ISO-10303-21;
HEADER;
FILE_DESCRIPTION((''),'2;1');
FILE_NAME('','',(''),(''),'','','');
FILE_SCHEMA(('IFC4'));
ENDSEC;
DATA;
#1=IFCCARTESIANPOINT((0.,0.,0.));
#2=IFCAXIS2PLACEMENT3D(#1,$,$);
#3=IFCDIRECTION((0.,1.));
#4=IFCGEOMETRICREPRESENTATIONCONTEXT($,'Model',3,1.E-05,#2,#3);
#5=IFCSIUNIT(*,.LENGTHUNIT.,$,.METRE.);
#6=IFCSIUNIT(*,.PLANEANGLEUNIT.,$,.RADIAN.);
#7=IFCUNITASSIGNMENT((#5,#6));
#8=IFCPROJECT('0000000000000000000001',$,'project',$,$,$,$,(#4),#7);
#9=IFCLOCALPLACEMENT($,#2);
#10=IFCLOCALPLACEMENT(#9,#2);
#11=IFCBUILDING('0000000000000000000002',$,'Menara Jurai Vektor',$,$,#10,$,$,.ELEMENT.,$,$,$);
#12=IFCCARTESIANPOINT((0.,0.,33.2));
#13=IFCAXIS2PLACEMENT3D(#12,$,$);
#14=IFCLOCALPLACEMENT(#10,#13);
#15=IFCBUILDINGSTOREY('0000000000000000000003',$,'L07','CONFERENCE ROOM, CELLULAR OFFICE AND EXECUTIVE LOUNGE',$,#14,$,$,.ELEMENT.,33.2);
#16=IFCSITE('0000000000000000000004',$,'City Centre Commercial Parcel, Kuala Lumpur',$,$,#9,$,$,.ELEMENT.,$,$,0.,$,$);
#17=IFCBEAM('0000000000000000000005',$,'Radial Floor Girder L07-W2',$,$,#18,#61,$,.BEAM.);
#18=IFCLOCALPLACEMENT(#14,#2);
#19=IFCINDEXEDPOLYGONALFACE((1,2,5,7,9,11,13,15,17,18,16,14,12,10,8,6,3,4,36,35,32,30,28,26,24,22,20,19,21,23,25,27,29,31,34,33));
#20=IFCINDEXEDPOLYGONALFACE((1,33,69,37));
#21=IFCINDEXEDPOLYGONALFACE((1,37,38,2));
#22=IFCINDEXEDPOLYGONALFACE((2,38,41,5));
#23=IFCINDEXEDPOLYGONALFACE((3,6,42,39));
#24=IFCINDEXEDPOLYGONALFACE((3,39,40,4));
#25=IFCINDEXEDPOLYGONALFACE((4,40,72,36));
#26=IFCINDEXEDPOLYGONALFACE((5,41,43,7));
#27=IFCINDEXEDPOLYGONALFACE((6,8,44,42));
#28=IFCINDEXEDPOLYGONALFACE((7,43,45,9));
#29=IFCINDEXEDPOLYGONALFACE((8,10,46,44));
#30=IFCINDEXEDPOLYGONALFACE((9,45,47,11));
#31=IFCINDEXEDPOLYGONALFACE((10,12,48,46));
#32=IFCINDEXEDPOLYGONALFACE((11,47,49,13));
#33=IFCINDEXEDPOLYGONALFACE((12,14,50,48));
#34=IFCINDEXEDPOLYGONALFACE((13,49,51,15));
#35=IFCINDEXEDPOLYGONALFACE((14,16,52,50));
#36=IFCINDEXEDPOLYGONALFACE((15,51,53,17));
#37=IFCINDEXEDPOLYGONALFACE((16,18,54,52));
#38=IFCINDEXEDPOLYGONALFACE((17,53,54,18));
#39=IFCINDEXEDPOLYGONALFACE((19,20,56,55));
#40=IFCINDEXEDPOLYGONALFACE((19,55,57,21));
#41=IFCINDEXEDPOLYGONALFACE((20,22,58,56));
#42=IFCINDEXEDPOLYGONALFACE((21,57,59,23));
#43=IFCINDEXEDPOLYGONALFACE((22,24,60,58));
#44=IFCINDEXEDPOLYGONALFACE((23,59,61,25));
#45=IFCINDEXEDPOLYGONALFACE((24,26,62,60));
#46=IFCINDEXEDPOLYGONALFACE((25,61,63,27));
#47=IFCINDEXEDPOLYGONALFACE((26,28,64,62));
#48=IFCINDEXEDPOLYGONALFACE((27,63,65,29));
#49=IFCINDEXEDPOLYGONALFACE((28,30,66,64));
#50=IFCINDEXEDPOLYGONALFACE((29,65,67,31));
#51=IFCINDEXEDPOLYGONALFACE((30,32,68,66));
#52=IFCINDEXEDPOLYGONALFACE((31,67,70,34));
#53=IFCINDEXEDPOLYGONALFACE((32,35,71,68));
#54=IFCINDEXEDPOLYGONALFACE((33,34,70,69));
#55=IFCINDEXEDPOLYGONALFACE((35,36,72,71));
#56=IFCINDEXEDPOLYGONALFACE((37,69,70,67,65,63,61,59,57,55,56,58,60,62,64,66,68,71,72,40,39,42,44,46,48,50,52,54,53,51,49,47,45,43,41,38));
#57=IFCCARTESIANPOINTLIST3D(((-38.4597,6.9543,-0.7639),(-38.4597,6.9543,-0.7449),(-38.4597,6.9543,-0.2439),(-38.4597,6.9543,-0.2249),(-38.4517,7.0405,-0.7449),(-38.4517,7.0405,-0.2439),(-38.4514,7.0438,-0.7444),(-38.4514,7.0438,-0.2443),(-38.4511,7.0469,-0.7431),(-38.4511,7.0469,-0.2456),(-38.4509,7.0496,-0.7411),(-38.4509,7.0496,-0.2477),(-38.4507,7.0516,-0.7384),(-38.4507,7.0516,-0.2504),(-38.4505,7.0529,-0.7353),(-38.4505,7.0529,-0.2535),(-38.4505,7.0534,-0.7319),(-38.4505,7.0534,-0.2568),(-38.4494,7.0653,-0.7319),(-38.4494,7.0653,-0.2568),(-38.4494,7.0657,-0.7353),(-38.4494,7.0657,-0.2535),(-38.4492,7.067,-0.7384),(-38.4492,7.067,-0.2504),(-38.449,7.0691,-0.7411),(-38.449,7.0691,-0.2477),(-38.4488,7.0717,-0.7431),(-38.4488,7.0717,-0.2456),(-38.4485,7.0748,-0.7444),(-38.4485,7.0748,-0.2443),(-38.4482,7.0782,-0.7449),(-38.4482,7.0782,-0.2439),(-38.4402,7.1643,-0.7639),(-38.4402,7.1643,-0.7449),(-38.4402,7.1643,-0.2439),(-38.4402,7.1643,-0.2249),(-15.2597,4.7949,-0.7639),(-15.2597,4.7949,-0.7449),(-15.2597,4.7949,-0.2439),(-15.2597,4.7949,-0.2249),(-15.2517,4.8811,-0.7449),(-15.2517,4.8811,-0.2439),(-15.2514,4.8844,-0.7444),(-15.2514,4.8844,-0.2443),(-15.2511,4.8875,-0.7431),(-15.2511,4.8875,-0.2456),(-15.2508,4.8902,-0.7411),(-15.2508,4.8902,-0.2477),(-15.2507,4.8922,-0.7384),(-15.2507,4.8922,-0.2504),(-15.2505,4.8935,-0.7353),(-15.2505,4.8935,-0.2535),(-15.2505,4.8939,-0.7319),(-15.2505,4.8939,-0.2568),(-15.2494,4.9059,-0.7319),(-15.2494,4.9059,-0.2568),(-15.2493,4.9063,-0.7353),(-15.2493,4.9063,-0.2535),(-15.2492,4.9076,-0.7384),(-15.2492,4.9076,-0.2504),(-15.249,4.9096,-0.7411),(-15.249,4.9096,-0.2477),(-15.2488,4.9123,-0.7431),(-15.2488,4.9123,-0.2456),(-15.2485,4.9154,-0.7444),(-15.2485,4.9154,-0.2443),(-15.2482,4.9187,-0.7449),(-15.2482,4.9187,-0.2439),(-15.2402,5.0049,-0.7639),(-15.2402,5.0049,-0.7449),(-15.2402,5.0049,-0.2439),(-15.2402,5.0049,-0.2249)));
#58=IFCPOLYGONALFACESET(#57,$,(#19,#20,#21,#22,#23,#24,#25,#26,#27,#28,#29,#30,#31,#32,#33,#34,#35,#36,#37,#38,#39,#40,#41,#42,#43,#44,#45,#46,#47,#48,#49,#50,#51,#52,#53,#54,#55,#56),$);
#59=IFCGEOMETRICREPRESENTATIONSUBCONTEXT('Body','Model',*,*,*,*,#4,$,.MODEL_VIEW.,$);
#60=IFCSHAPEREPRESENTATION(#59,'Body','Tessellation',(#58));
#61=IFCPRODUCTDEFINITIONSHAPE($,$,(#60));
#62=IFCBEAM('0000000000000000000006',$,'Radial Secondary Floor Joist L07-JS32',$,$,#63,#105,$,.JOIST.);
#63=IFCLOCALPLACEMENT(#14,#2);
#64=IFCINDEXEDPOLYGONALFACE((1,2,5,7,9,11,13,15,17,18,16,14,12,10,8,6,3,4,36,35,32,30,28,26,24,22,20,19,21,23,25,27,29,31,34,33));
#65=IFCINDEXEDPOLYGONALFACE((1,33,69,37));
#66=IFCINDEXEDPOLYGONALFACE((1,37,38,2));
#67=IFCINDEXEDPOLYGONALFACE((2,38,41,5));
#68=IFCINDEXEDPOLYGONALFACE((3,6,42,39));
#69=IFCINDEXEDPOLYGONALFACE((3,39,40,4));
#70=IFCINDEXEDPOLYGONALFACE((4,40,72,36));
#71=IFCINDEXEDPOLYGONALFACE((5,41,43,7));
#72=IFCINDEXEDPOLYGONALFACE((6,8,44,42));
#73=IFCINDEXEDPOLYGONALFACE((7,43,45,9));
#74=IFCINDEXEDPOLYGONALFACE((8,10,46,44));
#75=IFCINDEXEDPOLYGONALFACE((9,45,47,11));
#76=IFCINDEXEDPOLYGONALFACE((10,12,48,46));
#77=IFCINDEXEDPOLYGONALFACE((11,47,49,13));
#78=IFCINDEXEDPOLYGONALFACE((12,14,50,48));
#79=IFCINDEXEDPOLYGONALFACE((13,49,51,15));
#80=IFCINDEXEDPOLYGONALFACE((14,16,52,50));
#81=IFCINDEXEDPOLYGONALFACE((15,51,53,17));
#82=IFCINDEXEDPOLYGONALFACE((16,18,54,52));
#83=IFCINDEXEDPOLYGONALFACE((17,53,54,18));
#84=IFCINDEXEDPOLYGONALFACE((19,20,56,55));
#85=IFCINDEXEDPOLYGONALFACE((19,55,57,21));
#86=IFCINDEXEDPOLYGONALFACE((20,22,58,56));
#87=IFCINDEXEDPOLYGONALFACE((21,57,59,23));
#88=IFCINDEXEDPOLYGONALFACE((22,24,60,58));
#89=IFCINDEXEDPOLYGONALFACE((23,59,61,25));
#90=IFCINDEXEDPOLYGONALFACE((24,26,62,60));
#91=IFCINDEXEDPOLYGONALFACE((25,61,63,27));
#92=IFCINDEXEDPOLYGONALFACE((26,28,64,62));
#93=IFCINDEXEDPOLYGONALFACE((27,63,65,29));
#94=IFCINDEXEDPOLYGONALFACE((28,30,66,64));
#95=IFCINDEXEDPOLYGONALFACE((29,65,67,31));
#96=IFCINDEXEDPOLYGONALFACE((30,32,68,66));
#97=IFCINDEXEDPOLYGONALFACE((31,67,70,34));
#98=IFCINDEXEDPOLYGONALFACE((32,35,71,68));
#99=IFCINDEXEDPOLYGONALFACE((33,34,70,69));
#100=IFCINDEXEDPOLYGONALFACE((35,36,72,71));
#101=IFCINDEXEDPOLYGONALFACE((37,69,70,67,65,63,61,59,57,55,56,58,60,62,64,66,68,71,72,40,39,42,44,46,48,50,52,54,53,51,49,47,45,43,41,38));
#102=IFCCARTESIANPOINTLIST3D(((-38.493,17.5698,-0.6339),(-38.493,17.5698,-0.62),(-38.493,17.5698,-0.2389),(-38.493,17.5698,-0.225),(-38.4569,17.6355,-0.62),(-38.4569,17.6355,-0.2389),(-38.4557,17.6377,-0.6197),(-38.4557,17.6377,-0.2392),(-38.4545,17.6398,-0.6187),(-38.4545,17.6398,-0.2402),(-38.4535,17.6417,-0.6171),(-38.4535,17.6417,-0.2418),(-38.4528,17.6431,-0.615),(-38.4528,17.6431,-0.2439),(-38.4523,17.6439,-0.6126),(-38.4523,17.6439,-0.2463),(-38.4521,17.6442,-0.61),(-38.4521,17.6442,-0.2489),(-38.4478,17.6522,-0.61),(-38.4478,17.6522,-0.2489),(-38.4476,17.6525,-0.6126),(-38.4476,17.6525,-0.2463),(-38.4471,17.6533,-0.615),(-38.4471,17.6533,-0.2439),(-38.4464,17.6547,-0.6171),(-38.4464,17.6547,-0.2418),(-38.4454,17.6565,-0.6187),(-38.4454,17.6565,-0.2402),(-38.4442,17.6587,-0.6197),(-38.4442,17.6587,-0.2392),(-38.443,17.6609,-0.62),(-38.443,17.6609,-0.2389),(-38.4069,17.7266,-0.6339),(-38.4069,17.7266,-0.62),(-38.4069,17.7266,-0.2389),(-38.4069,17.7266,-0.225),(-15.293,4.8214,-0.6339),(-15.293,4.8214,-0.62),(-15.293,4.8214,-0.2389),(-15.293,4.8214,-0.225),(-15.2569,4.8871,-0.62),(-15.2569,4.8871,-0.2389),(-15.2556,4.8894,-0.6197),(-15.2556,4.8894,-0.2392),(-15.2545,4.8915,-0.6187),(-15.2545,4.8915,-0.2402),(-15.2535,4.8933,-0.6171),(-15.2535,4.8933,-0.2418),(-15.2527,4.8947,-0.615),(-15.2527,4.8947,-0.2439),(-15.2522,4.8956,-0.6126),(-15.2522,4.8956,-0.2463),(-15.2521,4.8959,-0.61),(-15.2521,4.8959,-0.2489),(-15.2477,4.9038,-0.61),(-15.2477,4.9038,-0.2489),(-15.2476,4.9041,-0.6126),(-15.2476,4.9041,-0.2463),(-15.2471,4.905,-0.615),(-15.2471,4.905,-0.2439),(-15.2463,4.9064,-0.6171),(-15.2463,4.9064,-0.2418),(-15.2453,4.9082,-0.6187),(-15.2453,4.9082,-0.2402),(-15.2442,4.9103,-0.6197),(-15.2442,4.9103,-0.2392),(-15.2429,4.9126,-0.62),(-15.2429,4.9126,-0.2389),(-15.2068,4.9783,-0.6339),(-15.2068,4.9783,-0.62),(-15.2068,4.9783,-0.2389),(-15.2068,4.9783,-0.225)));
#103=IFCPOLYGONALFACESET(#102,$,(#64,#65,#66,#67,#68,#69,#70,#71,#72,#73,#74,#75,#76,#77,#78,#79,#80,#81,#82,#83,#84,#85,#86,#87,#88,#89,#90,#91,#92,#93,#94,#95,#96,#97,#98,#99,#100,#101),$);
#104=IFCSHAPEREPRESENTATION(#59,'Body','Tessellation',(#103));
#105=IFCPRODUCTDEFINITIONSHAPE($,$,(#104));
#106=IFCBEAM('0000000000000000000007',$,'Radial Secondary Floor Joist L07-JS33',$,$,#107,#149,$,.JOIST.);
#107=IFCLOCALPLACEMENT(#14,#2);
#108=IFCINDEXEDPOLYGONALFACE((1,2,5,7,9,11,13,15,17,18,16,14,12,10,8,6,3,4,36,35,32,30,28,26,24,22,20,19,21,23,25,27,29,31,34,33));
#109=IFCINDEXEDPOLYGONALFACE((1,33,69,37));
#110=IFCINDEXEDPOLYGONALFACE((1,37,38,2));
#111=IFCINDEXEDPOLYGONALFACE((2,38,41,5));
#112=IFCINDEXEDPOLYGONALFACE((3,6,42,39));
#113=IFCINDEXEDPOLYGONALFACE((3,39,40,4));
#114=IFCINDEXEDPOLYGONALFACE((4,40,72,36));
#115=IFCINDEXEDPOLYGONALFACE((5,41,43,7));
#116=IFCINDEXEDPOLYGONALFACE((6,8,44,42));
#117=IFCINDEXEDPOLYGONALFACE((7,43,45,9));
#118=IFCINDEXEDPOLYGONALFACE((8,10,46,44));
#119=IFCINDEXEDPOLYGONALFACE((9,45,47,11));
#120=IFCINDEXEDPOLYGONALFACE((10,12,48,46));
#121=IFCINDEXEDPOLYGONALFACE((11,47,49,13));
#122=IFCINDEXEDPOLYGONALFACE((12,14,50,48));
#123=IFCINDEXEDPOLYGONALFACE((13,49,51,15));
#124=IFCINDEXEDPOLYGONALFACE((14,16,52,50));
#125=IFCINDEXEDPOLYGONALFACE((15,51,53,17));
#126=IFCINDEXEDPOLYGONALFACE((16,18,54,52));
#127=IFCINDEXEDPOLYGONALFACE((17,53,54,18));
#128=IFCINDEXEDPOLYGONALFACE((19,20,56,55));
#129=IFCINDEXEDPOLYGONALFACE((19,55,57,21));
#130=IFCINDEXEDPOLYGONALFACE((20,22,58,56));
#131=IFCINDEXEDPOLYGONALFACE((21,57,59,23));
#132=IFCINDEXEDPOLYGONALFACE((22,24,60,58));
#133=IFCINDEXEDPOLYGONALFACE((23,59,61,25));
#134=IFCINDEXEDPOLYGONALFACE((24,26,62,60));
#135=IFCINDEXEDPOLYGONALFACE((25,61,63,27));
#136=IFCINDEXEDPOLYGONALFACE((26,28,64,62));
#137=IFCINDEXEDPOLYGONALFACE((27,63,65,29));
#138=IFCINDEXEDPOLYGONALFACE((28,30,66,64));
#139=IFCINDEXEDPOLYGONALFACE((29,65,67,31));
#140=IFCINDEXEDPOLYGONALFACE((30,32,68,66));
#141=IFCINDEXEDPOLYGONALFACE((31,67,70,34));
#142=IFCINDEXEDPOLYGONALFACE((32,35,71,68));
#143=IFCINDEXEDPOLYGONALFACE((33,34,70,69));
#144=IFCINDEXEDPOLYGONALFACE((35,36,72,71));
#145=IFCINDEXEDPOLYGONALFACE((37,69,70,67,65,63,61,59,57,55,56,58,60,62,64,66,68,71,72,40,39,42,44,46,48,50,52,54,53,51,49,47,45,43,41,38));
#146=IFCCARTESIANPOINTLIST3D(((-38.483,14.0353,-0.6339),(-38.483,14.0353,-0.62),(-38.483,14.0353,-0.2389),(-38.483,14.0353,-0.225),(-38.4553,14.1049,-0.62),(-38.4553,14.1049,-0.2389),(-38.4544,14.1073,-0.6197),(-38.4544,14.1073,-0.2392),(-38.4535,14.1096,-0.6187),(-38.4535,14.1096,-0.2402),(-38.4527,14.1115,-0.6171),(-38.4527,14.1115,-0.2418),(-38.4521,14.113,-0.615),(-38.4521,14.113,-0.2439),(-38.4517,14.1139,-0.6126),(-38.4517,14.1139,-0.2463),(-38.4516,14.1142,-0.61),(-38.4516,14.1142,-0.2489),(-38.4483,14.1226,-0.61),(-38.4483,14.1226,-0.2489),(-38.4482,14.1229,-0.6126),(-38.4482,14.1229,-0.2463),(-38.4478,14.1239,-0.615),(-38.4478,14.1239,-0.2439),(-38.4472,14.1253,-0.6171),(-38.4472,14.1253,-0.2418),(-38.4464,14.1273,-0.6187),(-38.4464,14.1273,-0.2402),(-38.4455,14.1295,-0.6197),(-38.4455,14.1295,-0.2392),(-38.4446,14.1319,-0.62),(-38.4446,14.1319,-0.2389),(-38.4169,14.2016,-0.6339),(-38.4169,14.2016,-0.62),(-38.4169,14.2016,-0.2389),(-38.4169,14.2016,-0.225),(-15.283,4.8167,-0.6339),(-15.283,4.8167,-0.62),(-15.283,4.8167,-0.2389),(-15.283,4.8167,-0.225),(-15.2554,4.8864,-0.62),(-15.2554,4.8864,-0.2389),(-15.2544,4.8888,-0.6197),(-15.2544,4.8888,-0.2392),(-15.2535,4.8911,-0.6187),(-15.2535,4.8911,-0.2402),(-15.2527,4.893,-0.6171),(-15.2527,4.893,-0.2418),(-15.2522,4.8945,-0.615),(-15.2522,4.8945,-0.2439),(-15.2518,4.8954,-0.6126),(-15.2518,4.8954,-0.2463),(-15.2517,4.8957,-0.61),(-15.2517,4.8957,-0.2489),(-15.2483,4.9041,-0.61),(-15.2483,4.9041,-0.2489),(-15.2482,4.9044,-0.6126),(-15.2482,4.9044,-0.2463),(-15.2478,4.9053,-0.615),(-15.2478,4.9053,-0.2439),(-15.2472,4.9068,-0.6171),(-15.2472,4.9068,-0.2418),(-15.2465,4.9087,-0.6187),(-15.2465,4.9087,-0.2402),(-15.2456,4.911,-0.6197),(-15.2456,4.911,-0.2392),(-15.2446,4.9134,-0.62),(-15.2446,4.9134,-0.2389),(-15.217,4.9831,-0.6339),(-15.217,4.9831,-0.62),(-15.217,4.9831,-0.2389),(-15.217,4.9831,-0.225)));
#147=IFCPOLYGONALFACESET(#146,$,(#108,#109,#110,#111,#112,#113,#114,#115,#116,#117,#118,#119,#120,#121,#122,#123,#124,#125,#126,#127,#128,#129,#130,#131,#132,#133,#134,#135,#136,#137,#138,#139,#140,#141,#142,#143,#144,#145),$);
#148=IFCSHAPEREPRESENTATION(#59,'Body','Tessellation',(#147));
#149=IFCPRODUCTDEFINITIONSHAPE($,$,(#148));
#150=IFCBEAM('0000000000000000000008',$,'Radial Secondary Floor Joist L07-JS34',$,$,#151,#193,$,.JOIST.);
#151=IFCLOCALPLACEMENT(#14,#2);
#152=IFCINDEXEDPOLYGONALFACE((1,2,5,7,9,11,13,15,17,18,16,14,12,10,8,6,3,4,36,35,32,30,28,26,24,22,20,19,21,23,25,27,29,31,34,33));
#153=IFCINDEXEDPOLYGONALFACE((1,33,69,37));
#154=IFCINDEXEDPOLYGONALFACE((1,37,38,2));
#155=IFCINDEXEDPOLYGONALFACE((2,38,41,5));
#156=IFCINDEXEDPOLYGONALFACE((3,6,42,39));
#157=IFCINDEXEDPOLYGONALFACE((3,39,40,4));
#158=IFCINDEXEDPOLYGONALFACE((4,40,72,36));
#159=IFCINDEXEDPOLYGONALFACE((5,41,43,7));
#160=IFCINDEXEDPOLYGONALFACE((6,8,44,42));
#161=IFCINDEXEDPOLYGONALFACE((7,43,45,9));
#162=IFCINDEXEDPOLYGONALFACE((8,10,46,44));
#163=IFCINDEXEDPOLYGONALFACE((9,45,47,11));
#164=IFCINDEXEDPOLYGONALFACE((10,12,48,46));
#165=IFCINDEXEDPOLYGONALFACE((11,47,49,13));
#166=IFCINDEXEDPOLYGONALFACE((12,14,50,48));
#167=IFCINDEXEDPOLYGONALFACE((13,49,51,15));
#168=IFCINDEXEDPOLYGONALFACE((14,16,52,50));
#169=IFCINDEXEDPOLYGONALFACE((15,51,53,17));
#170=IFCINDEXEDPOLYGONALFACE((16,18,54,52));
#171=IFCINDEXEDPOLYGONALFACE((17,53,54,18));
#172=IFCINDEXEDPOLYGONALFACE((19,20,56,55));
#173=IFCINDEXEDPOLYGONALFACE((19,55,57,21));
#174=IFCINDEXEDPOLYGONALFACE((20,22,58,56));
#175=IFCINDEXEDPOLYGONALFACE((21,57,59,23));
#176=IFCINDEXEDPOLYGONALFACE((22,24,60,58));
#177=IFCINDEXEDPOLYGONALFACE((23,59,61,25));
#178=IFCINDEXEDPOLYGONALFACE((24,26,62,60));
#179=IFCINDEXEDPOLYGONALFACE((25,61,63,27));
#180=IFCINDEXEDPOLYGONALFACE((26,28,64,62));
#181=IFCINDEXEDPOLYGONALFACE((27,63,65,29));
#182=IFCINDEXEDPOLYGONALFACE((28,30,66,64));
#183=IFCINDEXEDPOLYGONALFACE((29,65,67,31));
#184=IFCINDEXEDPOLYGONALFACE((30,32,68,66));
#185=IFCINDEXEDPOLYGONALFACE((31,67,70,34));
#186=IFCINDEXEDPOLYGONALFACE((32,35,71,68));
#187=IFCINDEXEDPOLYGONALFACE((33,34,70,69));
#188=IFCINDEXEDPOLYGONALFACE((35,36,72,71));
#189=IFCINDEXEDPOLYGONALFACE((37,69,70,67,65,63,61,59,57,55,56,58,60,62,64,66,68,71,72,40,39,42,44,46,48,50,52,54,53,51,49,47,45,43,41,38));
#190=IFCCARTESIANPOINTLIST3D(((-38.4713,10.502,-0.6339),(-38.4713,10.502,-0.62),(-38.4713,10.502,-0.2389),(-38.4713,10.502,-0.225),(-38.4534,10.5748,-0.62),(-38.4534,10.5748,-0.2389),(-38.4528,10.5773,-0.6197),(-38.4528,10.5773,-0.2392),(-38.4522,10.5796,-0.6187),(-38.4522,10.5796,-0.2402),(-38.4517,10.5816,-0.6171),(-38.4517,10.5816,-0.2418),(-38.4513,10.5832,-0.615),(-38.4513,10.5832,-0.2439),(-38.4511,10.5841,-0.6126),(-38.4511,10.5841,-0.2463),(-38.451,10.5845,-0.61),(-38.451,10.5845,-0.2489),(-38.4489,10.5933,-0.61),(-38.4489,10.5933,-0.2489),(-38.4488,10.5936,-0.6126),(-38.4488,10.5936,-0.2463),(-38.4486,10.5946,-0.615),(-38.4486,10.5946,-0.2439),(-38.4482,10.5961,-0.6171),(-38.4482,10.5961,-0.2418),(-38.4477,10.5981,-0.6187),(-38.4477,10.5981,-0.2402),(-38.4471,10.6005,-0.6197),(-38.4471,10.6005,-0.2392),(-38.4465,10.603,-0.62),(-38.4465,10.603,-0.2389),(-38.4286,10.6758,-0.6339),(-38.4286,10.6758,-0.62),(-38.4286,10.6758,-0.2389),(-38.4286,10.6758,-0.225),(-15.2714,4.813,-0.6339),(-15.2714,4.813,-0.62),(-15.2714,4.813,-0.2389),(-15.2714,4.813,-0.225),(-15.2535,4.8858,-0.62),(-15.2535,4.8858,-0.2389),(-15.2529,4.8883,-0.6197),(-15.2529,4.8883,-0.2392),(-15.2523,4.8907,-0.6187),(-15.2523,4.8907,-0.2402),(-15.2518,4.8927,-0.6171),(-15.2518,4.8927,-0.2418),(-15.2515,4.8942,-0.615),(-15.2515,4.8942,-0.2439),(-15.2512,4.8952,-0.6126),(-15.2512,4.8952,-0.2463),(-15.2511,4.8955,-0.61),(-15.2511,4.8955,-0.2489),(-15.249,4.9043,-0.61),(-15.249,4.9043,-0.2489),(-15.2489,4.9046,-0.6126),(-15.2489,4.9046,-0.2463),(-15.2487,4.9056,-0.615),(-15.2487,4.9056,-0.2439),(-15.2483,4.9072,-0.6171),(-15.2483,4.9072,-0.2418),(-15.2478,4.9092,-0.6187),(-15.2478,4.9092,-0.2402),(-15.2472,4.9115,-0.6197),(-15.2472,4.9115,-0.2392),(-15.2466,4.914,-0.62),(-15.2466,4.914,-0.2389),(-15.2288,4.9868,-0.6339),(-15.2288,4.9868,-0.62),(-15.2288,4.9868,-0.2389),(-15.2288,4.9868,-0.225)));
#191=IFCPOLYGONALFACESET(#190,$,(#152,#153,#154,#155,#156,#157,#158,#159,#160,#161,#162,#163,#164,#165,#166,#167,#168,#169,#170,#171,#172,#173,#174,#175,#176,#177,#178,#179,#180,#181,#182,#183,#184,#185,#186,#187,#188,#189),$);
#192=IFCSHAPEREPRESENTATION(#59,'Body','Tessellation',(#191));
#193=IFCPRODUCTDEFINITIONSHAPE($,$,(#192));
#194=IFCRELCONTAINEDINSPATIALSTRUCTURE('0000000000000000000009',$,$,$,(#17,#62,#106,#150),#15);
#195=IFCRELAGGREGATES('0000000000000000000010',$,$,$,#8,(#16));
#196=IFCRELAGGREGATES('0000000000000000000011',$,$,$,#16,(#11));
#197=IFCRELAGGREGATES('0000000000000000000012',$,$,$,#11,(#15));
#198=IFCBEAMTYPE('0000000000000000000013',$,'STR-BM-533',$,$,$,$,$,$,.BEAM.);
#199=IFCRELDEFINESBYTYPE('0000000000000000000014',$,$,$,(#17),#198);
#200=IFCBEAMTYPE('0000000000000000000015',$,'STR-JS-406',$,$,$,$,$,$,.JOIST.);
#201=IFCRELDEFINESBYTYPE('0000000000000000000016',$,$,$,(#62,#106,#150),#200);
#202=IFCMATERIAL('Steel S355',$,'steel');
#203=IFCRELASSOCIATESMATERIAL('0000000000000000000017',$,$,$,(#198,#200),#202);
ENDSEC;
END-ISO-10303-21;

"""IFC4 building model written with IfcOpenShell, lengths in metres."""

from ifc_helpers import new_model, si_unit, direction, frame, origin, origin_2d, place, context, subcontext, project, spatial, i_section, extrude, material, material_profile, profile_set, type_object, element, save


model = new_model("IFC4")

# Units and contexts
model_context = context("Model", 3, precision=1e-05, world=origin(), true_north=direction((0.0, 1.0)))
body_context = subcontext(model_context, "Body", "Model", "MODEL_VIEW")
ifc_project = project(units=[si_unit("LENGTHUNIT", "METRE"), si_unit("PLANEANGLEUNIT", "RADIAN")], contexts=[model_context])

# Site, building, storey
site_placement = place(None, origin())
site = spatial("IfcSite", under=ifc_project, at=site_placement, Name="City Centre Commercial Parcel, Kuala Lumpur", CompositionType="ELEMENT", RefElevation=0.0)
building_placement = place(site_placement, origin())
building = spatial("IfcBuilding", under=site, at=building_placement, Name="Menara Jurai Vektor", CompositionType="ELEMENT")
storey_placement = place(building_placement, frame((0.0, 0.0, 33.2)))
storey = spatial("IfcBuildingStorey", under=building, at=storey_placement, Name="L07", Description="CONFERENCE ROOM, CELLULAR OFFICE AND EXECUTIVE LOUNGE", CompositionType="ELEMENT", Elevation=33.2)

# Beams
ifc_material_1 = material(Name="Steel S355", Category="steel")
ifc_material_profile_1 = material_profile(ifc_material_1, i_section(OverallWidth=0.2109, OverallDepth=0.5391, WebThickness=0.012, FlangeThickness=0.019, FilletRadius=0.0129, at=origin_2d()), Name="UKB 533x210x109")
ifc_profile_set_1 = profile_set([ifc_material_profile_1], Name="Steel S355")
beam_type_1 = type_object("IfcBeamType", Name="STR-BM-533", PredefinedType="BEAM", material=ifc_profile_set_1)
beam_1_placement = place(storey_placement, frame((-38.45, 7.0593, -0.4944), z_axis=(0.995696, -0.092678, 0.0), x_axis=(0.092678, 0.995696, 0.0)))
element("IfcBeam", 1, at=beam_1_placement, inside=storey, type_object=beam_type_1, Name="Radial Floor Girder L07-W2", PredefinedType="BEAM", context=body_context, shape_type="SweptSolid", body=[
    extrude(i_section(OverallWidth=0.2109, OverallDepth=0.5391, WebThickness=0.012, FlangeThickness=0.019, FilletRadius=0.0129, at=origin_2d()), origin(), (0.0, 0.0, 1.0), 23.3003),
])
ifc_material_profile_2 = material_profile(ifc_material_1, i_section(OverallWidth=0.179, OverallDepth=0.4089, WebThickness=0.009, FlangeThickness=0.0139, FilletRadius=0.01, at=origin_2d()), Name="UKB 406x178x67")
ifc_profile_set_2 = profile_set([ifc_material_profile_2], Name="Steel S355")
beam_type_2 = type_object("IfcBeamType", Name="STR-JS-406", PredefinedType="JOIST", material=ifc_profile_set_2)
beam_2_placement = place(storey_placement, frame((-38.45, 17.6482, -0.4294), z_axis=(0.876402, -0.48158, 0.0), x_axis=(0.48158, 0.876402, 0.0)))
element("IfcBeam", 2, at=beam_2_placement, inside=storey, type_object=beam_type_2, Name="Radial Secondary Floor Joist L07-JS32", PredefinedType="JOIST", context=body_context, shape_type="SweptSolid", body=[
    extrude(i_section(OverallWidth=0.179, OverallDepth=0.4089, WebThickness=0.009, FlangeThickness=0.0139, FilletRadius=0.01, at=origin_2d()), origin(), (0.0, 0.0, 1.0), 26.4719),
])
beam_3_placement = place(storey_placement, frame((-38.45, 14.1184, -0.4294), z_axis=(0.929323, -0.369267, 0.0), x_axis=(0.369267, 0.929323, 0.0)))
element("IfcBeam", 3, at=beam_3_placement, inside=storey, type_object=beam_type_2, Name="Radial Secondary Floor Joist L07-JS33", PredefinedType="JOIST", context=body_context, shape_type="SweptSolid", body=[
    extrude(i_section(OverallWidth=0.179, OverallDepth=0.4089, WebThickness=0.009, FlangeThickness=0.0139, FilletRadius=0.01, at=origin_2d()), origin(), (0.0, 0.0, 1.0), 24.9644),
])
beam_4_placement = place(storey_placement, frame((-38.45, 10.5889, -0.4294), z_axis=(0.971226, -0.238159, 0.0), x_axis=(0.238159, 0.971226, 0.0)))
element("IfcBeam", 4, at=beam_4_placement, inside=storey, type_object=beam_type_2, Name="Radial Secondary Floor Joist L07-JS34", PredefinedType="JOIST", context=body_context, shape_type="SweptSolid", body=[
    extrude(i_section(OverallWidth=0.179, OverallDepth=0.4089, WebThickness=0.009, FlangeThickness=0.0139, FilletRadius=0.01, at=origin_2d()), origin(), (0.0, 0.0, 1.0), 23.8872),
])

save(model, "model.ifc")
